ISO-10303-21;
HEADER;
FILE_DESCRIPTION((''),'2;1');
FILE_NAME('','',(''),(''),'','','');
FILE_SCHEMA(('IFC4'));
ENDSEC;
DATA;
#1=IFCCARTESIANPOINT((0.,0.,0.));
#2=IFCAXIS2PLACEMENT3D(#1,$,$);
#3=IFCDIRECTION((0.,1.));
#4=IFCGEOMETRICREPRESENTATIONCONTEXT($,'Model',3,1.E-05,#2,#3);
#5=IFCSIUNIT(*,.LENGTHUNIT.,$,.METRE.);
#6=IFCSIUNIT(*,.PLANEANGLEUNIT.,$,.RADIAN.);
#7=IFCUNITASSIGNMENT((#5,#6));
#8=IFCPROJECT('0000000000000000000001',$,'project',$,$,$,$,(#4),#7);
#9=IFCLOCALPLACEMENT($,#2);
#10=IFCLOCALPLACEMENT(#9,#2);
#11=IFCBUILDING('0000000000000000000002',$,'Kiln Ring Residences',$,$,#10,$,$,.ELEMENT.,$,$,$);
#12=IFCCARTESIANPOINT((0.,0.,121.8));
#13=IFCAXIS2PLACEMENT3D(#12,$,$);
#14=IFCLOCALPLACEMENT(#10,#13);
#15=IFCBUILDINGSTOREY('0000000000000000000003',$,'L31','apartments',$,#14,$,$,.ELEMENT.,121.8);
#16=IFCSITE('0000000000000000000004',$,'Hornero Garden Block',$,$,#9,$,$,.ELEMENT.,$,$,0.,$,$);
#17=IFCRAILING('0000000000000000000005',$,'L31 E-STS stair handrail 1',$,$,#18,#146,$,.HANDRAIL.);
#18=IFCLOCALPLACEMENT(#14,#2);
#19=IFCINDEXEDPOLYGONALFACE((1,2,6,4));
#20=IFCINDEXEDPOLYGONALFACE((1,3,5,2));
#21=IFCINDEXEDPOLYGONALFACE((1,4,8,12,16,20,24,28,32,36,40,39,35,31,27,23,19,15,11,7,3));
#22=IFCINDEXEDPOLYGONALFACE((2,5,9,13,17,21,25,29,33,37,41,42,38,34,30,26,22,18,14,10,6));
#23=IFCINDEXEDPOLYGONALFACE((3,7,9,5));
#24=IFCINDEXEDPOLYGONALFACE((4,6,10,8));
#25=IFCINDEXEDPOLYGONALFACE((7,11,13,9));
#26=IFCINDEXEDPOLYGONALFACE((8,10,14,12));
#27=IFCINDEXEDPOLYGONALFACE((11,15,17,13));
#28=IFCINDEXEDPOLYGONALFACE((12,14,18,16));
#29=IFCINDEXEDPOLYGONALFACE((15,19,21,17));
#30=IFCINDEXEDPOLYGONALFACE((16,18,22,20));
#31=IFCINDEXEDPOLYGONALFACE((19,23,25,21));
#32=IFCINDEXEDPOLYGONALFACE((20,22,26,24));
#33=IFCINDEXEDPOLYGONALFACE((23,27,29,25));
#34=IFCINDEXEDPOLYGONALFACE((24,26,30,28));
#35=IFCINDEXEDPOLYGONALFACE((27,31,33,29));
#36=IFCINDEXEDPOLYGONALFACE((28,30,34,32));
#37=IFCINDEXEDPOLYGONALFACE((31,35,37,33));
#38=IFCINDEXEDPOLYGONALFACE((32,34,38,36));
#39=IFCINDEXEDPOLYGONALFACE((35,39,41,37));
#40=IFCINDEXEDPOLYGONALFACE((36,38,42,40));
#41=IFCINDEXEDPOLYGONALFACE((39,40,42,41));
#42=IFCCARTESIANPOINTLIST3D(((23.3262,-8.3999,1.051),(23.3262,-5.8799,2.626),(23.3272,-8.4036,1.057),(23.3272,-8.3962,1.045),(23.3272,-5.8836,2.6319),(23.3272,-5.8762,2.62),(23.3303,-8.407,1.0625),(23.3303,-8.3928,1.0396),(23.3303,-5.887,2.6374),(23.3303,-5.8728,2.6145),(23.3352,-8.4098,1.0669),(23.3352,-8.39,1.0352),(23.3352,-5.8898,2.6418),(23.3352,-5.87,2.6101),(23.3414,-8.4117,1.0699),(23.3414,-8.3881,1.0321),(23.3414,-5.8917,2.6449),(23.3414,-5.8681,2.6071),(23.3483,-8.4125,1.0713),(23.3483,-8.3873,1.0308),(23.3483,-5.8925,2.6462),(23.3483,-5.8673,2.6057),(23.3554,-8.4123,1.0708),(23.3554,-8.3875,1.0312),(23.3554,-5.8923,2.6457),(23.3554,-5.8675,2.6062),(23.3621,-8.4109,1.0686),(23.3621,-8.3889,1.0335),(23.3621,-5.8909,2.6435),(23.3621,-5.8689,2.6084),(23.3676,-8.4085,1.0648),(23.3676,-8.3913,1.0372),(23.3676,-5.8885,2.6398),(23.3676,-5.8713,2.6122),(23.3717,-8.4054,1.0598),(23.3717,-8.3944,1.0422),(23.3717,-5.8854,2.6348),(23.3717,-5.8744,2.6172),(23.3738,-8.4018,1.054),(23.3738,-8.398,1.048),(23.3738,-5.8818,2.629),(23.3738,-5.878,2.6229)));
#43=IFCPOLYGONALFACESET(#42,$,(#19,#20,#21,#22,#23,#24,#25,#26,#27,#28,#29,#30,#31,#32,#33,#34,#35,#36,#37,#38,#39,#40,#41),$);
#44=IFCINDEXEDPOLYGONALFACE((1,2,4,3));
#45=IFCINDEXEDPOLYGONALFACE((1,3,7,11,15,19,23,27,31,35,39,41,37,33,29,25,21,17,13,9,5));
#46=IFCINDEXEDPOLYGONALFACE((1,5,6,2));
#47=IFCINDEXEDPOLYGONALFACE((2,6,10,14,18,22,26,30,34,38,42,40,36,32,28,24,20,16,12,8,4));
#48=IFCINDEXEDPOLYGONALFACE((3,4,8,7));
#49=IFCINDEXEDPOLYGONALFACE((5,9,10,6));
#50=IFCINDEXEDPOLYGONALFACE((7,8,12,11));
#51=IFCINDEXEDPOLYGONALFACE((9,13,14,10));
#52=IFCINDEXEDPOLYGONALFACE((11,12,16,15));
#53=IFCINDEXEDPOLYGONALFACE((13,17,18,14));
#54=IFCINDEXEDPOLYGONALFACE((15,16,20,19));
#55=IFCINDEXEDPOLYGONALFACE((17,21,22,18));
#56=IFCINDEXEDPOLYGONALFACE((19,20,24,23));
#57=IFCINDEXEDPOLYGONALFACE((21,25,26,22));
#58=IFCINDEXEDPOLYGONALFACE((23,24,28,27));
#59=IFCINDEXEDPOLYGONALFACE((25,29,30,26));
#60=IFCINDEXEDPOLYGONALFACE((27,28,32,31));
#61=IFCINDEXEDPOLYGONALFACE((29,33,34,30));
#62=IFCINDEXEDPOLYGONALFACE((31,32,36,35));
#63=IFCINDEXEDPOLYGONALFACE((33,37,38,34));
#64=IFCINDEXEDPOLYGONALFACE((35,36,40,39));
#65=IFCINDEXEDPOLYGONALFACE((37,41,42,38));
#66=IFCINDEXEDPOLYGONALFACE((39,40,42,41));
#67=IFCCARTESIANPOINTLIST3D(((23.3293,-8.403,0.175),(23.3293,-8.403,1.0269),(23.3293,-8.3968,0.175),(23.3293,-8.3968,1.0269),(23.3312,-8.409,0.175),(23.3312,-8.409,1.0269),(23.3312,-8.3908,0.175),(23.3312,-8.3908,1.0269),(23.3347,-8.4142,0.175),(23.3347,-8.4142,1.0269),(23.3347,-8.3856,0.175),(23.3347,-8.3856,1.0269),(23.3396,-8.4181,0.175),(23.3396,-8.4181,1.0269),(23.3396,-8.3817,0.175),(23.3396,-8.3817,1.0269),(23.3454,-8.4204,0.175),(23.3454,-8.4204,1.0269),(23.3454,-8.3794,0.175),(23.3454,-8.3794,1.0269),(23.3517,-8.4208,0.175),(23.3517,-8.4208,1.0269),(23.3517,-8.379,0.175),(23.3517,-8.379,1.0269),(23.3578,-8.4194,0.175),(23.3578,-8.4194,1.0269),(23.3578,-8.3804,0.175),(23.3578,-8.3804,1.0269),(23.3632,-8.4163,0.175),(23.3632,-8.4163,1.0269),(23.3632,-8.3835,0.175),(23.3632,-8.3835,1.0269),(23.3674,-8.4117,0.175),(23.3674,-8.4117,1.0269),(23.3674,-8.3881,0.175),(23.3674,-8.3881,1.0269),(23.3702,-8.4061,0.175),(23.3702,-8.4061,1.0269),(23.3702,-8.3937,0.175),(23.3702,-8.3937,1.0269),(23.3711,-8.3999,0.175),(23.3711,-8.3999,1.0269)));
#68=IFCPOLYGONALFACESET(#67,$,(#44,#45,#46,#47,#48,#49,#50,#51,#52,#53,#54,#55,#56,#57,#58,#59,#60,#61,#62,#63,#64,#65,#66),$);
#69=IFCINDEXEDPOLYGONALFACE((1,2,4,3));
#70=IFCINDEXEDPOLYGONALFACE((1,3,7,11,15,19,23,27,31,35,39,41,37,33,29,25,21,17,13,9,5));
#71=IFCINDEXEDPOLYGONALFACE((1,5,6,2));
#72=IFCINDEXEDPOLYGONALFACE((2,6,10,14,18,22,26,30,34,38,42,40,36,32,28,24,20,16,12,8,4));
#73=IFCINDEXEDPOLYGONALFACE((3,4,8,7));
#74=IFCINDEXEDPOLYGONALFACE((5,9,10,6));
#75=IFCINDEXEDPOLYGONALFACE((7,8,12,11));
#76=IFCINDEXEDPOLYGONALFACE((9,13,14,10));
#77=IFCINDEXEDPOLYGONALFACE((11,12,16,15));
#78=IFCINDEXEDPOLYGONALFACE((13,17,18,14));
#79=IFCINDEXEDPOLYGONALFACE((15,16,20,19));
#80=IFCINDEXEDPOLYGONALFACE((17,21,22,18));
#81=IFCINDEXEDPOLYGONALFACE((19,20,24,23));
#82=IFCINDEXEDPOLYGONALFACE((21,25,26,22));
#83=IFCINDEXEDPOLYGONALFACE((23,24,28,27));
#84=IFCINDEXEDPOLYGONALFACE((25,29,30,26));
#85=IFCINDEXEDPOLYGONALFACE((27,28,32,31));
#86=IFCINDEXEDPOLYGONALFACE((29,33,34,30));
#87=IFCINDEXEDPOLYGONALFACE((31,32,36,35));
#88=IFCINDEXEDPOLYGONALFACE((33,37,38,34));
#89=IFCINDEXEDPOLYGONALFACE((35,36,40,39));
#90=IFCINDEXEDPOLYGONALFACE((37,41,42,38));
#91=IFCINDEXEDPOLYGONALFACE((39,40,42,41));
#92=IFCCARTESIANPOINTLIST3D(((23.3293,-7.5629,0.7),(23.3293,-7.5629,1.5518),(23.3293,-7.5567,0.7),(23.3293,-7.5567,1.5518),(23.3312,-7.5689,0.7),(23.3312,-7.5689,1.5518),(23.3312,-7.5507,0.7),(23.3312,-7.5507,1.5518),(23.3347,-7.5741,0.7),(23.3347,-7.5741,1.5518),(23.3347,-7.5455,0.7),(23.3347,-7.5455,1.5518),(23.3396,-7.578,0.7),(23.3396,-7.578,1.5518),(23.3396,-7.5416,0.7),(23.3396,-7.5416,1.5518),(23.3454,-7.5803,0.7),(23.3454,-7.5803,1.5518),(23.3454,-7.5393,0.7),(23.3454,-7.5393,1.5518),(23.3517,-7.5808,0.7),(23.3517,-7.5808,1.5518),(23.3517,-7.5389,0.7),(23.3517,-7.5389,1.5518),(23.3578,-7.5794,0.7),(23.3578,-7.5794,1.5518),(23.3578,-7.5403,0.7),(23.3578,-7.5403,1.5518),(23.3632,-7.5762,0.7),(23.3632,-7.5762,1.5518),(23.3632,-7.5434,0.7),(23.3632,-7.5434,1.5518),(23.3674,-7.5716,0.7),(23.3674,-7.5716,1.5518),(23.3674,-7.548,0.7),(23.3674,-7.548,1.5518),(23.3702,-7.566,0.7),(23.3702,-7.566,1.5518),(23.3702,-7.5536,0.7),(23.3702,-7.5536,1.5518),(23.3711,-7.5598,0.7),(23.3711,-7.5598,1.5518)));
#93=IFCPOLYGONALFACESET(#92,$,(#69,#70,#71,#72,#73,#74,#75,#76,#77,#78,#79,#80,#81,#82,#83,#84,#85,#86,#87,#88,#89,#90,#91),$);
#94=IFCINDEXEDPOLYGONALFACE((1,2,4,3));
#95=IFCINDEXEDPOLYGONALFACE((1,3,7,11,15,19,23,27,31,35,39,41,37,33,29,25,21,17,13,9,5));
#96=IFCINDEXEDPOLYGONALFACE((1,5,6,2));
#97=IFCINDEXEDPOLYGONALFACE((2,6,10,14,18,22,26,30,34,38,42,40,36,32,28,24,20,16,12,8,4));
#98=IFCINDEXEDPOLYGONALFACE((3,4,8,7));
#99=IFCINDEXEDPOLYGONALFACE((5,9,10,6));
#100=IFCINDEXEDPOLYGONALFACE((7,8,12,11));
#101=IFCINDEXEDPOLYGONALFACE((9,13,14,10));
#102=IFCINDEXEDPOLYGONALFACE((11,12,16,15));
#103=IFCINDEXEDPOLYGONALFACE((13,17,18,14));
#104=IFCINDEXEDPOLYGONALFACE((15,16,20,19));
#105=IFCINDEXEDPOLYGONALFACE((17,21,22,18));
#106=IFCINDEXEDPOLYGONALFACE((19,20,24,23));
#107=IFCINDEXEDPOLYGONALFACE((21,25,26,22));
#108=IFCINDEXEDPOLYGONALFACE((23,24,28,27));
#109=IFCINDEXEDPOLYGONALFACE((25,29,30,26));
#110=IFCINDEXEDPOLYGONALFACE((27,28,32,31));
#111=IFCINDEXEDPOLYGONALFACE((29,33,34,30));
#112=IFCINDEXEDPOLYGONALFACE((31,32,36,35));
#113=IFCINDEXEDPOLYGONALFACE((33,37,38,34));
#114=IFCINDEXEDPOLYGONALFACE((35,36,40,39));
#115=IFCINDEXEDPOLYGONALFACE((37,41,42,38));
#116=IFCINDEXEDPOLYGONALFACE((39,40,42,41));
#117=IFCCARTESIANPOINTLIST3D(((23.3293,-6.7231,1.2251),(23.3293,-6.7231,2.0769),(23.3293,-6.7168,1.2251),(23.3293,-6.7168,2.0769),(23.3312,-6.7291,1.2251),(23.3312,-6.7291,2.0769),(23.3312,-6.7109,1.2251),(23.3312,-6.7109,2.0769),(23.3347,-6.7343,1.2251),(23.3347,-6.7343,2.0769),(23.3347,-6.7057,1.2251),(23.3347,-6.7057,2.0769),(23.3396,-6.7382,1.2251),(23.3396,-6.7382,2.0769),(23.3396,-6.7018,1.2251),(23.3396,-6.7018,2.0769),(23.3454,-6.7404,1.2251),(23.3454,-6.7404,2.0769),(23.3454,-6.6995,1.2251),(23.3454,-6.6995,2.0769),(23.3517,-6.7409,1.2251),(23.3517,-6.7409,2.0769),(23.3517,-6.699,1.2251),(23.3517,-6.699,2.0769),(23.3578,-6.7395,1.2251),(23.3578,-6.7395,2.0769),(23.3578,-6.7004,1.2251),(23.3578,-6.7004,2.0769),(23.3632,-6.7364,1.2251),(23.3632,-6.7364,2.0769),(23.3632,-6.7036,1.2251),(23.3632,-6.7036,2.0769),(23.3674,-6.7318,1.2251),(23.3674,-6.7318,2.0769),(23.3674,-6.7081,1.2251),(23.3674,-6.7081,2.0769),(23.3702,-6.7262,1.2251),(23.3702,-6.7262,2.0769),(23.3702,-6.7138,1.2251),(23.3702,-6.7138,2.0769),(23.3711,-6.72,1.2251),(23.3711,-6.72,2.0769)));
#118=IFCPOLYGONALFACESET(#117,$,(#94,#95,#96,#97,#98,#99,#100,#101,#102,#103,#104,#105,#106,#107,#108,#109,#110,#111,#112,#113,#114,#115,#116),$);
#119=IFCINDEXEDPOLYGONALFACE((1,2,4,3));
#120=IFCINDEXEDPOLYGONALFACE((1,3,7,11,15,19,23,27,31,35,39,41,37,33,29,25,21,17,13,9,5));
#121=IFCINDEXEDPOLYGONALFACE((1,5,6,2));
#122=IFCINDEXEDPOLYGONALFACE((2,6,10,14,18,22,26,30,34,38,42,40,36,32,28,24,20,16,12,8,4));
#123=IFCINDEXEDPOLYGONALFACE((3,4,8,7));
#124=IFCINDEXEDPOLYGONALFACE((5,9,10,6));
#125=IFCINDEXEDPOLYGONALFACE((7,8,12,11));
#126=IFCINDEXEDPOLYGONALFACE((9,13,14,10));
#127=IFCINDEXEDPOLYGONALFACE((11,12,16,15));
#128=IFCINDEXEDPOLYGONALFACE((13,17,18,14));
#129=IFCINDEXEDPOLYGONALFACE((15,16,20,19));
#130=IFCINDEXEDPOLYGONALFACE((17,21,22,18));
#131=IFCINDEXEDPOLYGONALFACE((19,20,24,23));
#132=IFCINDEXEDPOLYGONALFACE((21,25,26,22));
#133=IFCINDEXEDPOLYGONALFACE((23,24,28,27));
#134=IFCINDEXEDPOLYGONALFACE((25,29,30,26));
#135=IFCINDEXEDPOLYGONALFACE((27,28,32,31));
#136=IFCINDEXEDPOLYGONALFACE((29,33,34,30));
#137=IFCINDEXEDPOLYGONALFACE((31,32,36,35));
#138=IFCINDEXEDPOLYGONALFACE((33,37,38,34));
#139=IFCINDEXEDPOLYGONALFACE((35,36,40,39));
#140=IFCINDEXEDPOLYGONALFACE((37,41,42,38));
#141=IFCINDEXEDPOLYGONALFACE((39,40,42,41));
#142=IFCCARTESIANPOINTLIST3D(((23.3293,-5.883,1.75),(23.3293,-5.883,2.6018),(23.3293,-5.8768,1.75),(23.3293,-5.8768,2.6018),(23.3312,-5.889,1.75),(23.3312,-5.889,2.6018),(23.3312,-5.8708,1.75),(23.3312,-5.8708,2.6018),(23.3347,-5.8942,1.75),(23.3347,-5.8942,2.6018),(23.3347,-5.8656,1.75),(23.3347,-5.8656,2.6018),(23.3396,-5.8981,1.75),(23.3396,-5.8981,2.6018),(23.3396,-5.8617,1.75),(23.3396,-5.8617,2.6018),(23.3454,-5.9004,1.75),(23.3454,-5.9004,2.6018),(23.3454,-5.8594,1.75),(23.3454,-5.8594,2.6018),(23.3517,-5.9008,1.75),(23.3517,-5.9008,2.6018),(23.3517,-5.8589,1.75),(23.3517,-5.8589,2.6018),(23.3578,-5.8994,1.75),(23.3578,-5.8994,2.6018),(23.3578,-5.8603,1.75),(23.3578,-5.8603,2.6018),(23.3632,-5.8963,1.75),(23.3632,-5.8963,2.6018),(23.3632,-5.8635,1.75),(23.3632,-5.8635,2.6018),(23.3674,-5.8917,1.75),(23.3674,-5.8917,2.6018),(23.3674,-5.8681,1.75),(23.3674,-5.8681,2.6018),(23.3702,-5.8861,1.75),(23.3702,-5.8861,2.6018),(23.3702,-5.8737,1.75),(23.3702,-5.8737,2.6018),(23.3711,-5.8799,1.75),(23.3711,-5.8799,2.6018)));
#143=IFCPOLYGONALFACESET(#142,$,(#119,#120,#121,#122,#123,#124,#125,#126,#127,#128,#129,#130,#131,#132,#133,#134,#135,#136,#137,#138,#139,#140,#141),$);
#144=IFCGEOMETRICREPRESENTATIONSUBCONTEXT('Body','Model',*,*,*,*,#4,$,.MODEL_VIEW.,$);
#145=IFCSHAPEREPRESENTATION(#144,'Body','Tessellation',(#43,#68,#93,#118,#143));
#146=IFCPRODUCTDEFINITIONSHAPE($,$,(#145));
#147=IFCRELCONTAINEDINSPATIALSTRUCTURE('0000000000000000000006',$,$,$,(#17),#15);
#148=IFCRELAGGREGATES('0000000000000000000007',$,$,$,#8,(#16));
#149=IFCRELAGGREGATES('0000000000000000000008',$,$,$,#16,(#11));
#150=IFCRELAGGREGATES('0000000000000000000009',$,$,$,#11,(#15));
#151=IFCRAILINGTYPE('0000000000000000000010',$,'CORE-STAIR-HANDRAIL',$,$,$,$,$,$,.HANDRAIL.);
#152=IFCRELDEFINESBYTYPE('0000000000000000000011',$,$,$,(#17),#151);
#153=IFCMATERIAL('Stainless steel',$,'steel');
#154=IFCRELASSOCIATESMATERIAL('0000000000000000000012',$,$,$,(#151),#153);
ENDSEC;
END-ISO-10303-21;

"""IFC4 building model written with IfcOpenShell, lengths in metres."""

from ifc_helpers import new_model, si_unit, direction, frame, origin, origin_2d, place, context, subcontext, project, spatial, circle, extrude, material, type_object, element, save


model = new_model("IFC4")

# Units and contexts
model_context = context("Model", 3, precision=1e-05, world=origin(), true_north=direction((0.0, 1.0)))
body_context = subcontext(model_context, "Body", "Model", "MODEL_VIEW")
ifc_project = project(units=[si_unit("LENGTHUNIT", "METRE"), si_unit("PLANEANGLEUNIT", "RADIAN")], contexts=[model_context])

# Site, building, storey
site_placement = place(None, origin())
site = spatial("IfcSite", under=ifc_project, at=site_placement, Name="Hornero Garden Block", CompositionType="ELEMENT", RefElevation=0.0)
building_placement = place(site_placement, origin())
building = spatial("IfcBuilding", under=site, at=building_placement, Name="Kiln Ring Residences", CompositionType="ELEMENT")
storey_placement = place(building_placement, frame((0.0, 0.0, 121.8)))
storey = spatial("IfcBuildingStorey", under=building, at=storey_placement, Name="L31", Description="apartments", CompositionType="ELEMENT", Elevation=121.8)

# Railing
ifc_material_1 = material(Name="Stainless steel", Category="steel")
railing_type_1 = type_object("IfcRailingType", Name="CORE-STAIR-HANDRAIL", PredefinedType="HANDRAIL", material=ifc_material_1)
railing_1_placement = place(storey_placement, frame((23.3501, -8.3999, 0.175)))
element("IfcRailing", 1, at=railing_1_placement, inside=storey, type_object=railing_type_1, Name="L31 E-STS stair handrail 1", PredefinedType="HANDRAIL", context=body_context, shape_type="SweptSolid", body=[
    extrude(circle(Radius=0.0239, at=origin_2d()), frame((0.0, 0.0, 0.876), z_axis=(0.0, 0.848008, 0.529984), x_axis=(-1.0, 0.0, 0.0)), (0.0, 0.0, 1.0), 2.9717),
    extrude(circle(Radius=0.021, at=origin_2d()), origin(), (0.0, 0.0, 1.0), 0.8518),
    extrude(circle(Radius=0.021, at=origin_2d()), frame((0.0, 0.8401, 0.5249)), (0.0, 0.0, 1.0), 0.8518),
    extrude(circle(Radius=0.021, at=origin_2d()), frame((0.0, 1.6799, 1.05)), (0.0, 0.0, 1.0), 0.8518),
    extrude(circle(Radius=0.021, at=origin_2d()), frame((0.0, 2.52, 1.575)), (0.0, 0.0, 1.0), 0.8518),
])

save(model, "model.ifc")
